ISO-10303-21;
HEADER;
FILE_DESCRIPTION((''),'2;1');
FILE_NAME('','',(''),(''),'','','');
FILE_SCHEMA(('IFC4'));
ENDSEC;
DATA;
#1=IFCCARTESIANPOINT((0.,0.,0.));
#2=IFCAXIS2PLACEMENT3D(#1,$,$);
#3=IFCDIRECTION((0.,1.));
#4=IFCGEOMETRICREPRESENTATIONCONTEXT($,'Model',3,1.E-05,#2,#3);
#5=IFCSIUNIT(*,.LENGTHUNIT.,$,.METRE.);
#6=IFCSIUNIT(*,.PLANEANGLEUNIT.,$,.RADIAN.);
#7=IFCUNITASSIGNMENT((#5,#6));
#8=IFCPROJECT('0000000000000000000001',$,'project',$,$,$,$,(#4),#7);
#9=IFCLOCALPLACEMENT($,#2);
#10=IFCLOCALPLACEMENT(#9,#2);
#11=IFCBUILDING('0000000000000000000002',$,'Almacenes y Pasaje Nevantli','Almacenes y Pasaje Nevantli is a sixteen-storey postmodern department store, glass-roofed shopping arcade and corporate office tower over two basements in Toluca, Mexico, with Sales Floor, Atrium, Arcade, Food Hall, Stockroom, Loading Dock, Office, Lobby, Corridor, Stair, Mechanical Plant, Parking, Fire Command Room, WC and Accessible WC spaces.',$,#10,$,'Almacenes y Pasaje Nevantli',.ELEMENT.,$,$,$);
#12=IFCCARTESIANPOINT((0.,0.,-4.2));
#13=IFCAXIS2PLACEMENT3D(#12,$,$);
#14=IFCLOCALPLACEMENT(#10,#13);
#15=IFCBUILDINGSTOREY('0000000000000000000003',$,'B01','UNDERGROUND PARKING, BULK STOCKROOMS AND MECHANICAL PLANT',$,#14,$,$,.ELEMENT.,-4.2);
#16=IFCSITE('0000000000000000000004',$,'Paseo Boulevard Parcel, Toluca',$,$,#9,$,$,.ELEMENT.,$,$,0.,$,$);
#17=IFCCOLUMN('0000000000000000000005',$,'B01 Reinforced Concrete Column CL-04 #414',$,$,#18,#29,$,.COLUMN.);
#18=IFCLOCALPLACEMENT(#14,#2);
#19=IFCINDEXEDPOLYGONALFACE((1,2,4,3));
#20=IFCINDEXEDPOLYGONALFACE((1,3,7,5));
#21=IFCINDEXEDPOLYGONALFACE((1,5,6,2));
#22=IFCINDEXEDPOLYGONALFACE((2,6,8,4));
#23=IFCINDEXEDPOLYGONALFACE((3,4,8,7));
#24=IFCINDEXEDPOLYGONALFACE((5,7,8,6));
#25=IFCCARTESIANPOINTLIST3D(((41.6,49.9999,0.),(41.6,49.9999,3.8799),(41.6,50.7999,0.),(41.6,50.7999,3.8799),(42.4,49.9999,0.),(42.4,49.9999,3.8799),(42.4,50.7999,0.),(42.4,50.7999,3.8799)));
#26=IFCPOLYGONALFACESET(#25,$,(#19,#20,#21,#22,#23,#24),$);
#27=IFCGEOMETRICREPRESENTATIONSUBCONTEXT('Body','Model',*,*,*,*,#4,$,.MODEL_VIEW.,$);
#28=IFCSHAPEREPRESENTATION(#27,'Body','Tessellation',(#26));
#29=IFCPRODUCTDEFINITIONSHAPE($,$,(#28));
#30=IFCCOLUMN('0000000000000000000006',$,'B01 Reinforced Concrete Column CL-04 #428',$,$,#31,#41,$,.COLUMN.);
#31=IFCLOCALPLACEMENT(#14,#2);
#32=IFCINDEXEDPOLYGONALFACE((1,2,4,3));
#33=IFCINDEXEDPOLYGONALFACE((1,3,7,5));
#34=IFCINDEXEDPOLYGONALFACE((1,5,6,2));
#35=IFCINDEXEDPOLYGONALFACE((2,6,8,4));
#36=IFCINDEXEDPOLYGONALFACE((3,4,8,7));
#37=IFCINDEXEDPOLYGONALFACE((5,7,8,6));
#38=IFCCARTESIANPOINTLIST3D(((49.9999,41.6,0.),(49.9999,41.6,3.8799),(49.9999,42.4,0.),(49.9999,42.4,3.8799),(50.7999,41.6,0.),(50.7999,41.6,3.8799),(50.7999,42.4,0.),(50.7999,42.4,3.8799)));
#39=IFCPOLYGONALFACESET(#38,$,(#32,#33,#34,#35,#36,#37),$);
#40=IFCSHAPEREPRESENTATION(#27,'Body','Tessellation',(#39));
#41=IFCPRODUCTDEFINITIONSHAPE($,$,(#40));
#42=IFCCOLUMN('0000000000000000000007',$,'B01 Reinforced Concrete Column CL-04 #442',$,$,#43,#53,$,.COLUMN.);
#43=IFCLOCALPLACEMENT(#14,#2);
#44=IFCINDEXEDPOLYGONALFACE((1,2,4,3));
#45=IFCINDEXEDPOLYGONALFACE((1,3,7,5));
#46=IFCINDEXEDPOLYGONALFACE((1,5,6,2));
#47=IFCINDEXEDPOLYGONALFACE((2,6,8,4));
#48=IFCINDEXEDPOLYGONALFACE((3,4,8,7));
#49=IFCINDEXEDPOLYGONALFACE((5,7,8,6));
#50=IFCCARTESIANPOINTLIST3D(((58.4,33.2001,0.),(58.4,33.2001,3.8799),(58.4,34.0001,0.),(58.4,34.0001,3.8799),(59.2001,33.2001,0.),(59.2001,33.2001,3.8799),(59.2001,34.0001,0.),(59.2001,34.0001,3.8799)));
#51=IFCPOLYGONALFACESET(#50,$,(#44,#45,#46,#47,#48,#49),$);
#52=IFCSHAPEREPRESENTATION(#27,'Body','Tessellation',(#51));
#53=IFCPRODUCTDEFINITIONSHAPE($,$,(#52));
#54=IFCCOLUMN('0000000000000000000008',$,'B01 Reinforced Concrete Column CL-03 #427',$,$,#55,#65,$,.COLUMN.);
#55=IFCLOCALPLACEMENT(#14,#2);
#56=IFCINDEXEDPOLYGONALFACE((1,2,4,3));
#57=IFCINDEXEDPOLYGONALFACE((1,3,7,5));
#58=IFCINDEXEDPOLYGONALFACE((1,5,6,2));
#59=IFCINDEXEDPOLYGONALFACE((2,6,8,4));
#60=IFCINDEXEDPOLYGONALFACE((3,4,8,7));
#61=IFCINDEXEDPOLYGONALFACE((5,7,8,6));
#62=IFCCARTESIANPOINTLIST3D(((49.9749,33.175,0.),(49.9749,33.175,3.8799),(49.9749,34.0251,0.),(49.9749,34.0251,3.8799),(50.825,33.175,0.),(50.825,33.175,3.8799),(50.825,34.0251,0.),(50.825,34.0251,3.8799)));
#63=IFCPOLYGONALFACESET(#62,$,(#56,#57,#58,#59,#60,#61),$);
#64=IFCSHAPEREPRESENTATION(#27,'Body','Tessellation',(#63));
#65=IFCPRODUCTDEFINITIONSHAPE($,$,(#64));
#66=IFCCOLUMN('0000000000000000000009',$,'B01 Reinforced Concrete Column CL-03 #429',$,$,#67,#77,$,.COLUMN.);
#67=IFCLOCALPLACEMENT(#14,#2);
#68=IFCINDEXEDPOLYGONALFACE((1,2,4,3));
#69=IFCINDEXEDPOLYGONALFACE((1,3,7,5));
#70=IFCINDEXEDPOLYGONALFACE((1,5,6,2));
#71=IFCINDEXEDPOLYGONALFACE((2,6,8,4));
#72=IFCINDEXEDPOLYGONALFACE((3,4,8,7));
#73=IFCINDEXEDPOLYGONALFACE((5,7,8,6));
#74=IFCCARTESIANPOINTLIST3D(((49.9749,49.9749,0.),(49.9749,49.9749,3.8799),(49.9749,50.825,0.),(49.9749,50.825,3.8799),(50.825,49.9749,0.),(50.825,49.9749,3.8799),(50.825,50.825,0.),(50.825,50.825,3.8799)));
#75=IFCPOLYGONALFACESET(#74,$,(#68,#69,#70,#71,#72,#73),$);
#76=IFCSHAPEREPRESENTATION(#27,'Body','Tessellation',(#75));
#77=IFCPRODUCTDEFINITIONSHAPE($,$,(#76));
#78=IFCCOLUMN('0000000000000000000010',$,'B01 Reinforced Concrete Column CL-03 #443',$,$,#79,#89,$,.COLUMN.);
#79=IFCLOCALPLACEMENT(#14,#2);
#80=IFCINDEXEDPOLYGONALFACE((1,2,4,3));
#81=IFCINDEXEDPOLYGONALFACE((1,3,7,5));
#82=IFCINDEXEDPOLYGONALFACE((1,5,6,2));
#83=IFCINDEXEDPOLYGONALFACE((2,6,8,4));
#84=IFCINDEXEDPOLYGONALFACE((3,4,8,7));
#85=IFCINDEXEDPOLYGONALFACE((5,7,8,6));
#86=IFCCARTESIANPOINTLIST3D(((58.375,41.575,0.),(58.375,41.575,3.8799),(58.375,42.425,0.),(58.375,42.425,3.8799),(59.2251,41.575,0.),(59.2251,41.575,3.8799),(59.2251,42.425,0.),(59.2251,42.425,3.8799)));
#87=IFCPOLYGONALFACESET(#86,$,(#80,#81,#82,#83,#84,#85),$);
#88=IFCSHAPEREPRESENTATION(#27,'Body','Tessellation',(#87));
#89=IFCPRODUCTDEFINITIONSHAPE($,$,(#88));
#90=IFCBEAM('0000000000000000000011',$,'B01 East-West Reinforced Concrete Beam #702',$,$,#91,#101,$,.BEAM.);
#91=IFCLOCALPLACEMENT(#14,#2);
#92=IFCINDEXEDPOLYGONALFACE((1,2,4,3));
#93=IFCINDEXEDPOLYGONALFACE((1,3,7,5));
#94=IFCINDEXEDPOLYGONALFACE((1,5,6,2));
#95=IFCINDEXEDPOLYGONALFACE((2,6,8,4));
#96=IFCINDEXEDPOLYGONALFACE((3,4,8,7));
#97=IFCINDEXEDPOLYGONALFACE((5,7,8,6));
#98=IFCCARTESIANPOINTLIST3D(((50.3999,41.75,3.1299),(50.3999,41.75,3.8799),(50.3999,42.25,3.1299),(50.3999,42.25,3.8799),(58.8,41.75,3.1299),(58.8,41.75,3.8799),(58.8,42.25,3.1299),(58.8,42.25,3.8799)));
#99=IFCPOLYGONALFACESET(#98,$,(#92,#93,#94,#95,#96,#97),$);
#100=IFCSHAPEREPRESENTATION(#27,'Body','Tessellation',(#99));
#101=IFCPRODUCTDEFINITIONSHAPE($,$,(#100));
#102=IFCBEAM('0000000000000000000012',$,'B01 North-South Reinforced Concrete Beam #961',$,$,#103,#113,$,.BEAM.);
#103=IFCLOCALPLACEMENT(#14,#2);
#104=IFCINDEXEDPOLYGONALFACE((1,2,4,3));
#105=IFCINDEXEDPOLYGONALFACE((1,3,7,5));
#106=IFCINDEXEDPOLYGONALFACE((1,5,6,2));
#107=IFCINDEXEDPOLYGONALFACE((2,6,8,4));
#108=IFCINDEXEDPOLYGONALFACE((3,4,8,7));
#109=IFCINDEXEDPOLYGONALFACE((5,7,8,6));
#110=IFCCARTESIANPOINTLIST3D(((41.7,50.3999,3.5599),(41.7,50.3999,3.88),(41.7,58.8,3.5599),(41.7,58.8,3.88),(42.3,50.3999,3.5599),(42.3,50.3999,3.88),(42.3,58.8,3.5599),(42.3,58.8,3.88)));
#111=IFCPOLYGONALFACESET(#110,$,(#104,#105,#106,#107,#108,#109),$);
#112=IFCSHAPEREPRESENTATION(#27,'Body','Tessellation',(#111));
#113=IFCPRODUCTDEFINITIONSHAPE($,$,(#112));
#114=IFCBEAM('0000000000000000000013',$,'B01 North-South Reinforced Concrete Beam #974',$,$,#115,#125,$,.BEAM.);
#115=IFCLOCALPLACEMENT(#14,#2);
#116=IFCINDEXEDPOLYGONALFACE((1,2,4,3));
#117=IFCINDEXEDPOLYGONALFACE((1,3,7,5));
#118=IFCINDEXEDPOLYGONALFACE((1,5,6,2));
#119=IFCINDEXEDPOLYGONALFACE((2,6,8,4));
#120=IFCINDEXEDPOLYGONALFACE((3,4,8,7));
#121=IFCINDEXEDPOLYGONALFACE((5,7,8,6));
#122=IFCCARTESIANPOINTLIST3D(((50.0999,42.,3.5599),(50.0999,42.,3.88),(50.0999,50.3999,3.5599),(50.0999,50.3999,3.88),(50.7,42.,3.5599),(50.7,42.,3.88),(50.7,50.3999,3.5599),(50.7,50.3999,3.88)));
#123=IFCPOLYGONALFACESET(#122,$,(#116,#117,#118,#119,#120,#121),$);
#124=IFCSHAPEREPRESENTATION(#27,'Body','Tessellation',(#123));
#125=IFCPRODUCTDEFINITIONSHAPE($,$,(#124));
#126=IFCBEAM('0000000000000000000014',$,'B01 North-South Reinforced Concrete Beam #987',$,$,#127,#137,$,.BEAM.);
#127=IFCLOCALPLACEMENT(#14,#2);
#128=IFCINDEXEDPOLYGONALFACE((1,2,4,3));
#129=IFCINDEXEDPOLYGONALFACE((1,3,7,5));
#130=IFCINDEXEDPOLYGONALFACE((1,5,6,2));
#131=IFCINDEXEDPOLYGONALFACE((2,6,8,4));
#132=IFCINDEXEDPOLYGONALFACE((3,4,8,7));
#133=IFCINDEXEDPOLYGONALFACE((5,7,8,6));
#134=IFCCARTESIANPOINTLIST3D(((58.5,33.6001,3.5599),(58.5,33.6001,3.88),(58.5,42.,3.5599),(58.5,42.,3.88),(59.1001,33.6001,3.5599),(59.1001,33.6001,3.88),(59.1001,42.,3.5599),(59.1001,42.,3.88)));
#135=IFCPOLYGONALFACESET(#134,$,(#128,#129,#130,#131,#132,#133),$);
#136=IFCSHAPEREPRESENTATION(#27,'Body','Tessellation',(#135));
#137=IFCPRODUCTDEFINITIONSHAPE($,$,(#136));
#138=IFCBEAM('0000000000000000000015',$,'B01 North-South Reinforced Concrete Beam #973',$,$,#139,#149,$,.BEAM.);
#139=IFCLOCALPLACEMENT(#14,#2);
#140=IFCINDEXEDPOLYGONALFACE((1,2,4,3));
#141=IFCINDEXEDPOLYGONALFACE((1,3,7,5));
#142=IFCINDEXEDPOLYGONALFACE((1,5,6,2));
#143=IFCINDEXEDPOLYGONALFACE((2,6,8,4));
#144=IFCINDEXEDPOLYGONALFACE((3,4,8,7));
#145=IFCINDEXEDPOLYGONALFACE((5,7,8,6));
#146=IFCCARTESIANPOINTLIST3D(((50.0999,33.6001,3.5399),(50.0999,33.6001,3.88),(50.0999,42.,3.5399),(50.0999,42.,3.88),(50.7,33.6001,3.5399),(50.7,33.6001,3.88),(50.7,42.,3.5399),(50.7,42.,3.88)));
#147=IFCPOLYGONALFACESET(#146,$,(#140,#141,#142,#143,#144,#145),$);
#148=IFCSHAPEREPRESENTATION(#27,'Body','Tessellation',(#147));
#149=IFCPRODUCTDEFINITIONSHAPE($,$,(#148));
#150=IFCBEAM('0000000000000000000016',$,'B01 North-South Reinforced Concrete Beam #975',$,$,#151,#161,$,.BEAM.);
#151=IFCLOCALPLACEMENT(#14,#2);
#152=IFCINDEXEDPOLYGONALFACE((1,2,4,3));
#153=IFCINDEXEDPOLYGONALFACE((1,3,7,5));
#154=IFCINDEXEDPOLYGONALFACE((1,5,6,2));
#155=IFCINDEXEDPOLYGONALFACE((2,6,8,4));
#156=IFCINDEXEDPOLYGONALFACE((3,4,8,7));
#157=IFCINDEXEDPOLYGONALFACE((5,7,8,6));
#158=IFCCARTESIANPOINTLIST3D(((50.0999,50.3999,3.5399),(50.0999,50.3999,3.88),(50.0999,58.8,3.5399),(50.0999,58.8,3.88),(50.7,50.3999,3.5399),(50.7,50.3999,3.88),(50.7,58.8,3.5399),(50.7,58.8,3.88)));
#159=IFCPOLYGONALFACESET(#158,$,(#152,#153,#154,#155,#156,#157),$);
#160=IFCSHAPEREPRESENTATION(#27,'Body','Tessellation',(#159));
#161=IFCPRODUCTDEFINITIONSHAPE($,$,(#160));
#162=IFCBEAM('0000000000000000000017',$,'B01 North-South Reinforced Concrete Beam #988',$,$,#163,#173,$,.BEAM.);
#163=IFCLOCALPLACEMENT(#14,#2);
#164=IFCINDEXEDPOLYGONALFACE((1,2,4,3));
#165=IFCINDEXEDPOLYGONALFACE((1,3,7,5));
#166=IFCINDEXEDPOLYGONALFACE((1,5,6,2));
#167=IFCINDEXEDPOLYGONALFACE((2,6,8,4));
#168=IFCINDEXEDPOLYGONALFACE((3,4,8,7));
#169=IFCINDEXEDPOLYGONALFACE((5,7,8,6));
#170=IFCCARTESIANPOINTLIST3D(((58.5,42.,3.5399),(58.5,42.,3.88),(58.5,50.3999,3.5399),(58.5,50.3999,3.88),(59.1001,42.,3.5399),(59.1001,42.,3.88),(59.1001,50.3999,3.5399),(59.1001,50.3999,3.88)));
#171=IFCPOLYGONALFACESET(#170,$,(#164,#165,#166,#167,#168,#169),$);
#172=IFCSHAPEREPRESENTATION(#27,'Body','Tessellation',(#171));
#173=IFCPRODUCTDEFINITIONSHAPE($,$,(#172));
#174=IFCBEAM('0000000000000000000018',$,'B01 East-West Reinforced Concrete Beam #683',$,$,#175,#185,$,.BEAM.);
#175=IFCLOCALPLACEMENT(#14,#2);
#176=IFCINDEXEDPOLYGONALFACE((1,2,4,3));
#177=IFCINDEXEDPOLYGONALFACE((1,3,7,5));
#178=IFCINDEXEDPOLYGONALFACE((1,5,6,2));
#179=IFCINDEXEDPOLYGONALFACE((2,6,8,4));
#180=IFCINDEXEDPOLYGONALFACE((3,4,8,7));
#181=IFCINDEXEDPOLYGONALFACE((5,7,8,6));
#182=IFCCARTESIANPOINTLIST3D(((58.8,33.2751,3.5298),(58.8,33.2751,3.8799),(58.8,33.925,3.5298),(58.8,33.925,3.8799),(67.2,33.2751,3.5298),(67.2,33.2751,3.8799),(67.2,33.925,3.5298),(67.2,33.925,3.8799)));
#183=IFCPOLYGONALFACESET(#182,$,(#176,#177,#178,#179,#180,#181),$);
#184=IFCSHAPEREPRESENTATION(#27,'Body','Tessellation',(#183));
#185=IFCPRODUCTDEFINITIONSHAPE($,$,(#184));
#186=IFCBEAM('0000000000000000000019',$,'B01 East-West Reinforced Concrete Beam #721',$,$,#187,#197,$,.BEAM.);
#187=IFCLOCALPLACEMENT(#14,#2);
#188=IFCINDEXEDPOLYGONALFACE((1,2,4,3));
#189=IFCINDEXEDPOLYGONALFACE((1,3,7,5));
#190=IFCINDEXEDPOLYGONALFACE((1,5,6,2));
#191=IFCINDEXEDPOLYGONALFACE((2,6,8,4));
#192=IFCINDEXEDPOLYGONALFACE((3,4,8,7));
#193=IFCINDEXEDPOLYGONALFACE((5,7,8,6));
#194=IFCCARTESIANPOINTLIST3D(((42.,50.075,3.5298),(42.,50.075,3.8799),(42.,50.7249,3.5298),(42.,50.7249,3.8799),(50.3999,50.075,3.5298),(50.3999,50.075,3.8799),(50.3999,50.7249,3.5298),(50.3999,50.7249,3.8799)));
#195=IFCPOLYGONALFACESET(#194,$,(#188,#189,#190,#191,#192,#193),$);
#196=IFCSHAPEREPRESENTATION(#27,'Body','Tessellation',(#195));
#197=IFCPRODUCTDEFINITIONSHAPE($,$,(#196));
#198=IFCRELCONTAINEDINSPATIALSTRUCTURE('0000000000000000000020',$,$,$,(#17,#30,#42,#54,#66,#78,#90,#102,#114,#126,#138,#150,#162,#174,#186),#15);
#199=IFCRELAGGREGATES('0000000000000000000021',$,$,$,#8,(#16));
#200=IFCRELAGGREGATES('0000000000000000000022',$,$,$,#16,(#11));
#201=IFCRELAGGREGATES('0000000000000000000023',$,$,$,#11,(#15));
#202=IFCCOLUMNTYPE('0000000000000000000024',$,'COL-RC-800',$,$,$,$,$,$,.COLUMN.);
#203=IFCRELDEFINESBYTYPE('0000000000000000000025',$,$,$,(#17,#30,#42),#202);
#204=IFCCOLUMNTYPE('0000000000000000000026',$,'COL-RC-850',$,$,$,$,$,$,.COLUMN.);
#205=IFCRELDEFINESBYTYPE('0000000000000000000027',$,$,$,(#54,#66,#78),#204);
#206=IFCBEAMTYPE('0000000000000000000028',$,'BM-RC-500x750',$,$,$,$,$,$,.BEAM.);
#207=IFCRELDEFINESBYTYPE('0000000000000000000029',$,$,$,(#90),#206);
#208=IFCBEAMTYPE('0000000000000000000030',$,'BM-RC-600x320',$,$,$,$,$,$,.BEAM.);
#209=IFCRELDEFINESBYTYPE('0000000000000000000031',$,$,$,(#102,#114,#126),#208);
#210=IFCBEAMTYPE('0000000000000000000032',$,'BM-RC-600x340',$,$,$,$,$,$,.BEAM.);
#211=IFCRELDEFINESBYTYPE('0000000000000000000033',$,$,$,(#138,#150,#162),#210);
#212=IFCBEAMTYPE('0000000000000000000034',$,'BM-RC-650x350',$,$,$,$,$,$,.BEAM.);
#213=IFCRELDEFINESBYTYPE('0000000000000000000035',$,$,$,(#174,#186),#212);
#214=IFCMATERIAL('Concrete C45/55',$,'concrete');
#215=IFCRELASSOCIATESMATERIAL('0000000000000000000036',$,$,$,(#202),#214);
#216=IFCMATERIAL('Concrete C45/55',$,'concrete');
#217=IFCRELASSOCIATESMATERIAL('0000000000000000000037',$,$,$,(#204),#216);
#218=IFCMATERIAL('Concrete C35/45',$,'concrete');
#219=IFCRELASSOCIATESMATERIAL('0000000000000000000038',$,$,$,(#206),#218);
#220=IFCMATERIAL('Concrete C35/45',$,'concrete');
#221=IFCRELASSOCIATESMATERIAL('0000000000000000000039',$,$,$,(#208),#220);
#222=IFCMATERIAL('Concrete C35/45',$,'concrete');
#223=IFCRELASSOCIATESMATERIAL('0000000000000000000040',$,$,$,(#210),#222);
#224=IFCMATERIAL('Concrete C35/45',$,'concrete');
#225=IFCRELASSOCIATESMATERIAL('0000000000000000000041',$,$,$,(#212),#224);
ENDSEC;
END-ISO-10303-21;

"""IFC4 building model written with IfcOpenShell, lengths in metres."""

from ifc_helpers import new_model, si_unit, direction, frame, origin, origin_2d, place, context, subcontext, project, spatial, rectangle, extrude, material, material_profile, profile_set, type_object, element, save


model = new_model("IFC4")

# Units and contexts
model_context = context("Model", 3, precision=1e-05, world=origin(), true_north=direction((0.0, 1.0)))
body_context = subcontext(model_context, "Body", "Model", "MODEL_VIEW")
ifc_project = project(units=[si_unit("LENGTHUNIT", "METRE"), si_unit("PLANEANGLEUNIT", "RADIAN")], contexts=[model_context])

# Site, building, storey
site_placement = place(None, origin())
site = spatial("IfcSite", under=ifc_project, at=site_placement, Name="Paseo Boulevard Parcel, Toluca", CompositionType="ELEMENT", RefElevation=0.0)
building_placement = place(site_placement, origin())
building = spatial("IfcBuilding", under=site, at=building_placement, Name="Almacenes y Pasaje Nevantli", Description="Almacenes y Pasaje Nevantli is a sixteen-storey postmodern department store, glass-roofed shopping arcade and corporate office tower over two basements in Toluca, Mexico, with Sales Floor, Atrium, Arcade, Food Hall, Stockroom, Loading Dock, Office, Lobby, Corridor, Stair, Mechanical Plant, Parking, Fire Command Room, WC and Accessible WC spaces.", LongName="Almacenes y Pasaje Nevantli", CompositionType="ELEMENT")
storey_placement = place(building_placement, frame((0.0, 0.0, -4.2)))
storey = spatial("IfcBuildingStorey", under=building, at=storey_placement, Name="B01", Description="UNDERGROUND PARKING, BULK STOCKROOMS AND MECHANICAL PLANT", CompositionType="ELEMENT", Elevation=-4.2)

# Columns
ifc_material_1 = material(Name="Concrete C45/55", Category="concrete")
ifc_material_profile_1 = material_profile(ifc_material_1, rectangle(XDim=0.8, YDim=0.8, at=origin_2d()), Name="RC-COL-800x800")
ifc_profile_set_1 = profile_set([ifc_material_profile_1], Name="Concrete C45/55")
column_type_1 = type_object("IfcColumnType", Name="COL-RC-800", PredefinedType="COLUMN", material=ifc_profile_set_1)
for number, where, z_axis, x_axis, name in (
    (1, (42.0, 50.3999, 0.0), (0.0, 0.0, 1.0), (1.0, 0.0, 0.0), "B01 Reinforced Concrete Column CL-04 #414"),
    (2, (50.3999, 42.0, 0.0), (0.0, 0.0, 1.0), (1.0, 0.0, 0.0), "B01 Reinforced Concrete Column CL-04 #428"),
    (3, (58.8, 33.6001, 0.0), (0.0, 0.0, 1.0), (1.0, 0.0, 0.0), "B01 Reinforced Concrete Column CL-04 #442"),
):
    element("IfcColumn", number, at=place(storey_placement, frame(where, z_axis=z_axis, x_axis=x_axis)), inside=storey, type_object=column_type_1, Name=name, PredefinedType="COLUMN", context=body_context, shape_type="SweptSolid", body=[
        extrude(rectangle(XDim=0.8, YDim=0.8, at=origin_2d()), origin(), (0.0, 0.0, 1.0), 3.8799),
    ])
ifc_material_2 = material(Name="Concrete C45/55", Category="concrete")
ifc_material_profile_2 = material_profile(ifc_material_2, rectangle(XDim=0.8501, YDim=0.8501, at=origin_2d()), Name="RC-COL-850x850")
ifc_profile_set_2 = profile_set([ifc_material_profile_2], Name="Concrete C45/55")
column_type_2 = type_object("IfcColumnType", Name="COL-RC-850", PredefinedType="COLUMN", material=ifc_profile_set_2)
for number, where, z_axis, x_axis, name in (
    (4, (50.3999, 33.6001, 0.0), (0.0, 0.0, 1.0), (1.0, 0.0, 0.0), "B01 Reinforced Concrete Column CL-03 #427"),
    (5, (50.3999, 50.3999, 0.0), (0.0, 0.0, 1.0), (1.0, 0.0, 0.0), "B01 Reinforced Concrete Column CL-03 #429"),
    (6, (58.8, 42.0, 0.0), (0.0, 0.0, 1.0), (1.0, 0.0, 0.0), "B01 Reinforced Concrete Column CL-03 #443"),
):
    element("IfcColumn", number, at=place(storey_placement, frame(where, z_axis=z_axis, x_axis=x_axis)), inside=storey, type_object=column_type_2, Name=name, PredefinedType="COLUMN", context=body_context, shape_type="SweptSolid", body=[
        extrude(rectangle(XDim=0.8501, YDim=0.8501, at=origin_2d()), origin(), (0.0, 0.0, 1.0), 3.8799),
    ])

# Beams
ifc_material_3 = material(Name="Concrete C35/45", Category="concrete")
ifc_material_profile_3 = material_profile(ifc_material_3, rectangle(XDim=0.5, YDim=0.75, at=origin_2d()), Name="RC-BM-500x750")
ifc_profile_set_3 = profile_set([ifc_material_profile_3], Name="Concrete C35/45")
beam_type_1 = type_object("IfcBeamType", Name="BM-RC-500x750", PredefinedType="BEAM", material=ifc_profile_set_3)
beam_1_placement = place(storey_placement, frame((50.3999, 42.0, 3.5049), z_axis=(1.0, 0.0, 0.0), x_axis=(0.0, 1.0, 0.0)))
element("IfcBeam", 7, at=beam_1_placement, inside=storey, type_object=beam_type_1, Name="B01 East-West Reinforced Concrete Beam #702", PredefinedType="BEAM", context=body_context, shape_type="SweptSolid", body=[
    extrude(rectangle(XDim=0.5, YDim=0.75, at=origin_2d()), origin(), (0.0, 0.0, 1.0), 8.4001),
])
ifc_material_4 = material(Name="Concrete C35/45", Category="concrete")
ifc_material_profile_4 = material_profile(ifc_material_4, rectangle(XDim=0.6001, YDim=0.3201, at=origin_2d()), Name="RC-BM-600x320")
ifc_profile_set_4 = profile_set([ifc_material_profile_4], Name="Concrete C35/45")
beam_type_2 = type_object("IfcBeamType", Name="BM-RC-600x320", PredefinedType="BEAM", material=ifc_profile_set_4)
beam_2_placement = place(storey_placement, frame((42.0, 50.3999, 3.72), z_axis=(0.0, 1.0, 0.0), x_axis=(-1.0, 0.0, 0.0)))
element("IfcBeam", 8, at=beam_2_placement, inside=storey, type_object=beam_type_2, Name="B01 North-South Reinforced Concrete Beam #961", PredefinedType="BEAM", context=body_context, shape_type="SweptSolid", body=[
    extrude(rectangle(XDim=0.6001, YDim=0.3201, at=origin_2d()), origin(), (0.0, 0.0, 1.0), 8.4001),
])
for number, where, z_axis, x_axis, name in (
    (9, (50.3999, 42.0, 3.72), (0.0, 1.0, 0.0), (-1.0, 0.0, 0.0), "B01 North-South Reinforced Concrete Beam #974"),
    (10, (58.8, 33.6001, 3.72), (0.0, 1.0, 0.0), (-1.0, 0.0, 0.0), "B01 North-South Reinforced Concrete Beam #987"),
):
    element("IfcBeam", number, at=place(storey_placement, frame(where, z_axis=z_axis, x_axis=x_axis)), inside=storey, type_object=beam_type_2, Name=name, PredefinedType="BEAM", context=body_context, shape_type="SweptSolid", body=[
        extrude(rectangle(XDim=0.6001, YDim=0.3201, at=origin_2d()), origin(), (0.0, 0.0, 1.0), 8.3999),
    ])
ifc_material_5 = material(Name="Concrete C35/45", Category="concrete")
ifc_material_profile_5 = material_profile(ifc_material_5, rectangle(XDim=0.6001, YDim=0.3401, at=origin_2d()), Name="RC-BM-600x340")
ifc_profile_set_5 = profile_set([ifc_material_profile_5], Name="Concrete C35/45")
beam_type_3 = type_object("IfcBeamType", Name="BM-RC-600x340", PredefinedType="BEAM", material=ifc_profile_set_5)
beam_3_placement = place(storey_placement, frame((50.3999, 33.6001, 3.71), z_axis=(0.0, 1.0, 0.0), x_axis=(-1.0, 0.0, 0.0)))
element("IfcBeam", 11, at=beam_3_placement, inside=storey, type_object=beam_type_3, Name="B01 North-South Reinforced Concrete Beam #973", PredefinedType="BEAM", context=body_context, shape_type="SweptSolid", body=[
    extrude(rectangle(XDim=0.6001, YDim=0.3401, at=origin_2d()), origin(), (0.0, 0.0, 1.0), 8.3999),
])
beam_4_placement = place(storey_placement, frame((50.3999, 50.3999, 3.71), z_axis=(0.0, 1.0, 0.0), x_axis=(-1.0, 0.0, 0.0)))
element("IfcBeam", 12, at=beam_4_placement, inside=storey, type_object=beam_type_3, Name="B01 North-South Reinforced Concrete Beam #975", PredefinedType="BEAM", context=body_context, shape_type="SweptSolid", body=[
    extrude(rectangle(XDim=0.6001, YDim=0.3401, at=origin_2d()), origin(), (0.0, 0.0, 1.0), 8.4001),
])
beam_5_placement = place(storey_placement, frame((58.8, 42.0, 3.71), z_axis=(0.0, 1.0, 0.0), x_axis=(-1.0, 0.0, 0.0)))
element("IfcBeam", 13, at=beam_5_placement, inside=storey, type_object=beam_type_3, Name="B01 North-South Reinforced Concrete Beam #988", PredefinedType="BEAM", context=body_context, shape_type="SweptSolid", body=[
    extrude(rectangle(XDim=0.6001, YDim=0.3401, at=origin_2d()), origin(), (0.0, 0.0, 1.0), 8.3999),
])
ifc_material_6 = material(Name="Concrete C35/45", Category="concrete")
ifc_material_profile_6 = material_profile(ifc_material_6, rectangle(XDim=0.6499, YDim=0.3501, at=origin_2d()), Name="RC-BM-650x350")
ifc_profile_set_6 = profile_set([ifc_material_profile_6], Name="Concrete C35/45")
beam_type_4 = type_object("IfcBeamType", Name="BM-RC-650x350", PredefinedType="BEAM", material=ifc_profile_set_6)
for number, where, z_axis, x_axis, name in (
    (14, (58.8, 33.6001, 3.7048), (1.0, 0.0, 0.0), (0.0, 1.0, 0.0), "B01 East-West Reinforced Concrete Beam #683"),
    (15, (42.0, 50.3999, 3.7048), (1.0, 0.0, 0.0), (0.0, 1.0, 0.0), "B01 East-West Reinforced Concrete Beam #721"),
):
    element("IfcBeam", number, at=place(storey_placement, frame(where, z_axis=z_axis, x_axis=x_axis)), inside=storey, type_object=beam_type_4, Name=name, PredefinedType="BEAM", context=body_context, shape_type="SweptSolid", body=[
        extrude(rectangle(XDim=0.6499, YDim=0.3501, at=origin_2d()), origin(), (0.0, 0.0, 1.0), 8.3999),
    ])

save(model, "model.ifc")
